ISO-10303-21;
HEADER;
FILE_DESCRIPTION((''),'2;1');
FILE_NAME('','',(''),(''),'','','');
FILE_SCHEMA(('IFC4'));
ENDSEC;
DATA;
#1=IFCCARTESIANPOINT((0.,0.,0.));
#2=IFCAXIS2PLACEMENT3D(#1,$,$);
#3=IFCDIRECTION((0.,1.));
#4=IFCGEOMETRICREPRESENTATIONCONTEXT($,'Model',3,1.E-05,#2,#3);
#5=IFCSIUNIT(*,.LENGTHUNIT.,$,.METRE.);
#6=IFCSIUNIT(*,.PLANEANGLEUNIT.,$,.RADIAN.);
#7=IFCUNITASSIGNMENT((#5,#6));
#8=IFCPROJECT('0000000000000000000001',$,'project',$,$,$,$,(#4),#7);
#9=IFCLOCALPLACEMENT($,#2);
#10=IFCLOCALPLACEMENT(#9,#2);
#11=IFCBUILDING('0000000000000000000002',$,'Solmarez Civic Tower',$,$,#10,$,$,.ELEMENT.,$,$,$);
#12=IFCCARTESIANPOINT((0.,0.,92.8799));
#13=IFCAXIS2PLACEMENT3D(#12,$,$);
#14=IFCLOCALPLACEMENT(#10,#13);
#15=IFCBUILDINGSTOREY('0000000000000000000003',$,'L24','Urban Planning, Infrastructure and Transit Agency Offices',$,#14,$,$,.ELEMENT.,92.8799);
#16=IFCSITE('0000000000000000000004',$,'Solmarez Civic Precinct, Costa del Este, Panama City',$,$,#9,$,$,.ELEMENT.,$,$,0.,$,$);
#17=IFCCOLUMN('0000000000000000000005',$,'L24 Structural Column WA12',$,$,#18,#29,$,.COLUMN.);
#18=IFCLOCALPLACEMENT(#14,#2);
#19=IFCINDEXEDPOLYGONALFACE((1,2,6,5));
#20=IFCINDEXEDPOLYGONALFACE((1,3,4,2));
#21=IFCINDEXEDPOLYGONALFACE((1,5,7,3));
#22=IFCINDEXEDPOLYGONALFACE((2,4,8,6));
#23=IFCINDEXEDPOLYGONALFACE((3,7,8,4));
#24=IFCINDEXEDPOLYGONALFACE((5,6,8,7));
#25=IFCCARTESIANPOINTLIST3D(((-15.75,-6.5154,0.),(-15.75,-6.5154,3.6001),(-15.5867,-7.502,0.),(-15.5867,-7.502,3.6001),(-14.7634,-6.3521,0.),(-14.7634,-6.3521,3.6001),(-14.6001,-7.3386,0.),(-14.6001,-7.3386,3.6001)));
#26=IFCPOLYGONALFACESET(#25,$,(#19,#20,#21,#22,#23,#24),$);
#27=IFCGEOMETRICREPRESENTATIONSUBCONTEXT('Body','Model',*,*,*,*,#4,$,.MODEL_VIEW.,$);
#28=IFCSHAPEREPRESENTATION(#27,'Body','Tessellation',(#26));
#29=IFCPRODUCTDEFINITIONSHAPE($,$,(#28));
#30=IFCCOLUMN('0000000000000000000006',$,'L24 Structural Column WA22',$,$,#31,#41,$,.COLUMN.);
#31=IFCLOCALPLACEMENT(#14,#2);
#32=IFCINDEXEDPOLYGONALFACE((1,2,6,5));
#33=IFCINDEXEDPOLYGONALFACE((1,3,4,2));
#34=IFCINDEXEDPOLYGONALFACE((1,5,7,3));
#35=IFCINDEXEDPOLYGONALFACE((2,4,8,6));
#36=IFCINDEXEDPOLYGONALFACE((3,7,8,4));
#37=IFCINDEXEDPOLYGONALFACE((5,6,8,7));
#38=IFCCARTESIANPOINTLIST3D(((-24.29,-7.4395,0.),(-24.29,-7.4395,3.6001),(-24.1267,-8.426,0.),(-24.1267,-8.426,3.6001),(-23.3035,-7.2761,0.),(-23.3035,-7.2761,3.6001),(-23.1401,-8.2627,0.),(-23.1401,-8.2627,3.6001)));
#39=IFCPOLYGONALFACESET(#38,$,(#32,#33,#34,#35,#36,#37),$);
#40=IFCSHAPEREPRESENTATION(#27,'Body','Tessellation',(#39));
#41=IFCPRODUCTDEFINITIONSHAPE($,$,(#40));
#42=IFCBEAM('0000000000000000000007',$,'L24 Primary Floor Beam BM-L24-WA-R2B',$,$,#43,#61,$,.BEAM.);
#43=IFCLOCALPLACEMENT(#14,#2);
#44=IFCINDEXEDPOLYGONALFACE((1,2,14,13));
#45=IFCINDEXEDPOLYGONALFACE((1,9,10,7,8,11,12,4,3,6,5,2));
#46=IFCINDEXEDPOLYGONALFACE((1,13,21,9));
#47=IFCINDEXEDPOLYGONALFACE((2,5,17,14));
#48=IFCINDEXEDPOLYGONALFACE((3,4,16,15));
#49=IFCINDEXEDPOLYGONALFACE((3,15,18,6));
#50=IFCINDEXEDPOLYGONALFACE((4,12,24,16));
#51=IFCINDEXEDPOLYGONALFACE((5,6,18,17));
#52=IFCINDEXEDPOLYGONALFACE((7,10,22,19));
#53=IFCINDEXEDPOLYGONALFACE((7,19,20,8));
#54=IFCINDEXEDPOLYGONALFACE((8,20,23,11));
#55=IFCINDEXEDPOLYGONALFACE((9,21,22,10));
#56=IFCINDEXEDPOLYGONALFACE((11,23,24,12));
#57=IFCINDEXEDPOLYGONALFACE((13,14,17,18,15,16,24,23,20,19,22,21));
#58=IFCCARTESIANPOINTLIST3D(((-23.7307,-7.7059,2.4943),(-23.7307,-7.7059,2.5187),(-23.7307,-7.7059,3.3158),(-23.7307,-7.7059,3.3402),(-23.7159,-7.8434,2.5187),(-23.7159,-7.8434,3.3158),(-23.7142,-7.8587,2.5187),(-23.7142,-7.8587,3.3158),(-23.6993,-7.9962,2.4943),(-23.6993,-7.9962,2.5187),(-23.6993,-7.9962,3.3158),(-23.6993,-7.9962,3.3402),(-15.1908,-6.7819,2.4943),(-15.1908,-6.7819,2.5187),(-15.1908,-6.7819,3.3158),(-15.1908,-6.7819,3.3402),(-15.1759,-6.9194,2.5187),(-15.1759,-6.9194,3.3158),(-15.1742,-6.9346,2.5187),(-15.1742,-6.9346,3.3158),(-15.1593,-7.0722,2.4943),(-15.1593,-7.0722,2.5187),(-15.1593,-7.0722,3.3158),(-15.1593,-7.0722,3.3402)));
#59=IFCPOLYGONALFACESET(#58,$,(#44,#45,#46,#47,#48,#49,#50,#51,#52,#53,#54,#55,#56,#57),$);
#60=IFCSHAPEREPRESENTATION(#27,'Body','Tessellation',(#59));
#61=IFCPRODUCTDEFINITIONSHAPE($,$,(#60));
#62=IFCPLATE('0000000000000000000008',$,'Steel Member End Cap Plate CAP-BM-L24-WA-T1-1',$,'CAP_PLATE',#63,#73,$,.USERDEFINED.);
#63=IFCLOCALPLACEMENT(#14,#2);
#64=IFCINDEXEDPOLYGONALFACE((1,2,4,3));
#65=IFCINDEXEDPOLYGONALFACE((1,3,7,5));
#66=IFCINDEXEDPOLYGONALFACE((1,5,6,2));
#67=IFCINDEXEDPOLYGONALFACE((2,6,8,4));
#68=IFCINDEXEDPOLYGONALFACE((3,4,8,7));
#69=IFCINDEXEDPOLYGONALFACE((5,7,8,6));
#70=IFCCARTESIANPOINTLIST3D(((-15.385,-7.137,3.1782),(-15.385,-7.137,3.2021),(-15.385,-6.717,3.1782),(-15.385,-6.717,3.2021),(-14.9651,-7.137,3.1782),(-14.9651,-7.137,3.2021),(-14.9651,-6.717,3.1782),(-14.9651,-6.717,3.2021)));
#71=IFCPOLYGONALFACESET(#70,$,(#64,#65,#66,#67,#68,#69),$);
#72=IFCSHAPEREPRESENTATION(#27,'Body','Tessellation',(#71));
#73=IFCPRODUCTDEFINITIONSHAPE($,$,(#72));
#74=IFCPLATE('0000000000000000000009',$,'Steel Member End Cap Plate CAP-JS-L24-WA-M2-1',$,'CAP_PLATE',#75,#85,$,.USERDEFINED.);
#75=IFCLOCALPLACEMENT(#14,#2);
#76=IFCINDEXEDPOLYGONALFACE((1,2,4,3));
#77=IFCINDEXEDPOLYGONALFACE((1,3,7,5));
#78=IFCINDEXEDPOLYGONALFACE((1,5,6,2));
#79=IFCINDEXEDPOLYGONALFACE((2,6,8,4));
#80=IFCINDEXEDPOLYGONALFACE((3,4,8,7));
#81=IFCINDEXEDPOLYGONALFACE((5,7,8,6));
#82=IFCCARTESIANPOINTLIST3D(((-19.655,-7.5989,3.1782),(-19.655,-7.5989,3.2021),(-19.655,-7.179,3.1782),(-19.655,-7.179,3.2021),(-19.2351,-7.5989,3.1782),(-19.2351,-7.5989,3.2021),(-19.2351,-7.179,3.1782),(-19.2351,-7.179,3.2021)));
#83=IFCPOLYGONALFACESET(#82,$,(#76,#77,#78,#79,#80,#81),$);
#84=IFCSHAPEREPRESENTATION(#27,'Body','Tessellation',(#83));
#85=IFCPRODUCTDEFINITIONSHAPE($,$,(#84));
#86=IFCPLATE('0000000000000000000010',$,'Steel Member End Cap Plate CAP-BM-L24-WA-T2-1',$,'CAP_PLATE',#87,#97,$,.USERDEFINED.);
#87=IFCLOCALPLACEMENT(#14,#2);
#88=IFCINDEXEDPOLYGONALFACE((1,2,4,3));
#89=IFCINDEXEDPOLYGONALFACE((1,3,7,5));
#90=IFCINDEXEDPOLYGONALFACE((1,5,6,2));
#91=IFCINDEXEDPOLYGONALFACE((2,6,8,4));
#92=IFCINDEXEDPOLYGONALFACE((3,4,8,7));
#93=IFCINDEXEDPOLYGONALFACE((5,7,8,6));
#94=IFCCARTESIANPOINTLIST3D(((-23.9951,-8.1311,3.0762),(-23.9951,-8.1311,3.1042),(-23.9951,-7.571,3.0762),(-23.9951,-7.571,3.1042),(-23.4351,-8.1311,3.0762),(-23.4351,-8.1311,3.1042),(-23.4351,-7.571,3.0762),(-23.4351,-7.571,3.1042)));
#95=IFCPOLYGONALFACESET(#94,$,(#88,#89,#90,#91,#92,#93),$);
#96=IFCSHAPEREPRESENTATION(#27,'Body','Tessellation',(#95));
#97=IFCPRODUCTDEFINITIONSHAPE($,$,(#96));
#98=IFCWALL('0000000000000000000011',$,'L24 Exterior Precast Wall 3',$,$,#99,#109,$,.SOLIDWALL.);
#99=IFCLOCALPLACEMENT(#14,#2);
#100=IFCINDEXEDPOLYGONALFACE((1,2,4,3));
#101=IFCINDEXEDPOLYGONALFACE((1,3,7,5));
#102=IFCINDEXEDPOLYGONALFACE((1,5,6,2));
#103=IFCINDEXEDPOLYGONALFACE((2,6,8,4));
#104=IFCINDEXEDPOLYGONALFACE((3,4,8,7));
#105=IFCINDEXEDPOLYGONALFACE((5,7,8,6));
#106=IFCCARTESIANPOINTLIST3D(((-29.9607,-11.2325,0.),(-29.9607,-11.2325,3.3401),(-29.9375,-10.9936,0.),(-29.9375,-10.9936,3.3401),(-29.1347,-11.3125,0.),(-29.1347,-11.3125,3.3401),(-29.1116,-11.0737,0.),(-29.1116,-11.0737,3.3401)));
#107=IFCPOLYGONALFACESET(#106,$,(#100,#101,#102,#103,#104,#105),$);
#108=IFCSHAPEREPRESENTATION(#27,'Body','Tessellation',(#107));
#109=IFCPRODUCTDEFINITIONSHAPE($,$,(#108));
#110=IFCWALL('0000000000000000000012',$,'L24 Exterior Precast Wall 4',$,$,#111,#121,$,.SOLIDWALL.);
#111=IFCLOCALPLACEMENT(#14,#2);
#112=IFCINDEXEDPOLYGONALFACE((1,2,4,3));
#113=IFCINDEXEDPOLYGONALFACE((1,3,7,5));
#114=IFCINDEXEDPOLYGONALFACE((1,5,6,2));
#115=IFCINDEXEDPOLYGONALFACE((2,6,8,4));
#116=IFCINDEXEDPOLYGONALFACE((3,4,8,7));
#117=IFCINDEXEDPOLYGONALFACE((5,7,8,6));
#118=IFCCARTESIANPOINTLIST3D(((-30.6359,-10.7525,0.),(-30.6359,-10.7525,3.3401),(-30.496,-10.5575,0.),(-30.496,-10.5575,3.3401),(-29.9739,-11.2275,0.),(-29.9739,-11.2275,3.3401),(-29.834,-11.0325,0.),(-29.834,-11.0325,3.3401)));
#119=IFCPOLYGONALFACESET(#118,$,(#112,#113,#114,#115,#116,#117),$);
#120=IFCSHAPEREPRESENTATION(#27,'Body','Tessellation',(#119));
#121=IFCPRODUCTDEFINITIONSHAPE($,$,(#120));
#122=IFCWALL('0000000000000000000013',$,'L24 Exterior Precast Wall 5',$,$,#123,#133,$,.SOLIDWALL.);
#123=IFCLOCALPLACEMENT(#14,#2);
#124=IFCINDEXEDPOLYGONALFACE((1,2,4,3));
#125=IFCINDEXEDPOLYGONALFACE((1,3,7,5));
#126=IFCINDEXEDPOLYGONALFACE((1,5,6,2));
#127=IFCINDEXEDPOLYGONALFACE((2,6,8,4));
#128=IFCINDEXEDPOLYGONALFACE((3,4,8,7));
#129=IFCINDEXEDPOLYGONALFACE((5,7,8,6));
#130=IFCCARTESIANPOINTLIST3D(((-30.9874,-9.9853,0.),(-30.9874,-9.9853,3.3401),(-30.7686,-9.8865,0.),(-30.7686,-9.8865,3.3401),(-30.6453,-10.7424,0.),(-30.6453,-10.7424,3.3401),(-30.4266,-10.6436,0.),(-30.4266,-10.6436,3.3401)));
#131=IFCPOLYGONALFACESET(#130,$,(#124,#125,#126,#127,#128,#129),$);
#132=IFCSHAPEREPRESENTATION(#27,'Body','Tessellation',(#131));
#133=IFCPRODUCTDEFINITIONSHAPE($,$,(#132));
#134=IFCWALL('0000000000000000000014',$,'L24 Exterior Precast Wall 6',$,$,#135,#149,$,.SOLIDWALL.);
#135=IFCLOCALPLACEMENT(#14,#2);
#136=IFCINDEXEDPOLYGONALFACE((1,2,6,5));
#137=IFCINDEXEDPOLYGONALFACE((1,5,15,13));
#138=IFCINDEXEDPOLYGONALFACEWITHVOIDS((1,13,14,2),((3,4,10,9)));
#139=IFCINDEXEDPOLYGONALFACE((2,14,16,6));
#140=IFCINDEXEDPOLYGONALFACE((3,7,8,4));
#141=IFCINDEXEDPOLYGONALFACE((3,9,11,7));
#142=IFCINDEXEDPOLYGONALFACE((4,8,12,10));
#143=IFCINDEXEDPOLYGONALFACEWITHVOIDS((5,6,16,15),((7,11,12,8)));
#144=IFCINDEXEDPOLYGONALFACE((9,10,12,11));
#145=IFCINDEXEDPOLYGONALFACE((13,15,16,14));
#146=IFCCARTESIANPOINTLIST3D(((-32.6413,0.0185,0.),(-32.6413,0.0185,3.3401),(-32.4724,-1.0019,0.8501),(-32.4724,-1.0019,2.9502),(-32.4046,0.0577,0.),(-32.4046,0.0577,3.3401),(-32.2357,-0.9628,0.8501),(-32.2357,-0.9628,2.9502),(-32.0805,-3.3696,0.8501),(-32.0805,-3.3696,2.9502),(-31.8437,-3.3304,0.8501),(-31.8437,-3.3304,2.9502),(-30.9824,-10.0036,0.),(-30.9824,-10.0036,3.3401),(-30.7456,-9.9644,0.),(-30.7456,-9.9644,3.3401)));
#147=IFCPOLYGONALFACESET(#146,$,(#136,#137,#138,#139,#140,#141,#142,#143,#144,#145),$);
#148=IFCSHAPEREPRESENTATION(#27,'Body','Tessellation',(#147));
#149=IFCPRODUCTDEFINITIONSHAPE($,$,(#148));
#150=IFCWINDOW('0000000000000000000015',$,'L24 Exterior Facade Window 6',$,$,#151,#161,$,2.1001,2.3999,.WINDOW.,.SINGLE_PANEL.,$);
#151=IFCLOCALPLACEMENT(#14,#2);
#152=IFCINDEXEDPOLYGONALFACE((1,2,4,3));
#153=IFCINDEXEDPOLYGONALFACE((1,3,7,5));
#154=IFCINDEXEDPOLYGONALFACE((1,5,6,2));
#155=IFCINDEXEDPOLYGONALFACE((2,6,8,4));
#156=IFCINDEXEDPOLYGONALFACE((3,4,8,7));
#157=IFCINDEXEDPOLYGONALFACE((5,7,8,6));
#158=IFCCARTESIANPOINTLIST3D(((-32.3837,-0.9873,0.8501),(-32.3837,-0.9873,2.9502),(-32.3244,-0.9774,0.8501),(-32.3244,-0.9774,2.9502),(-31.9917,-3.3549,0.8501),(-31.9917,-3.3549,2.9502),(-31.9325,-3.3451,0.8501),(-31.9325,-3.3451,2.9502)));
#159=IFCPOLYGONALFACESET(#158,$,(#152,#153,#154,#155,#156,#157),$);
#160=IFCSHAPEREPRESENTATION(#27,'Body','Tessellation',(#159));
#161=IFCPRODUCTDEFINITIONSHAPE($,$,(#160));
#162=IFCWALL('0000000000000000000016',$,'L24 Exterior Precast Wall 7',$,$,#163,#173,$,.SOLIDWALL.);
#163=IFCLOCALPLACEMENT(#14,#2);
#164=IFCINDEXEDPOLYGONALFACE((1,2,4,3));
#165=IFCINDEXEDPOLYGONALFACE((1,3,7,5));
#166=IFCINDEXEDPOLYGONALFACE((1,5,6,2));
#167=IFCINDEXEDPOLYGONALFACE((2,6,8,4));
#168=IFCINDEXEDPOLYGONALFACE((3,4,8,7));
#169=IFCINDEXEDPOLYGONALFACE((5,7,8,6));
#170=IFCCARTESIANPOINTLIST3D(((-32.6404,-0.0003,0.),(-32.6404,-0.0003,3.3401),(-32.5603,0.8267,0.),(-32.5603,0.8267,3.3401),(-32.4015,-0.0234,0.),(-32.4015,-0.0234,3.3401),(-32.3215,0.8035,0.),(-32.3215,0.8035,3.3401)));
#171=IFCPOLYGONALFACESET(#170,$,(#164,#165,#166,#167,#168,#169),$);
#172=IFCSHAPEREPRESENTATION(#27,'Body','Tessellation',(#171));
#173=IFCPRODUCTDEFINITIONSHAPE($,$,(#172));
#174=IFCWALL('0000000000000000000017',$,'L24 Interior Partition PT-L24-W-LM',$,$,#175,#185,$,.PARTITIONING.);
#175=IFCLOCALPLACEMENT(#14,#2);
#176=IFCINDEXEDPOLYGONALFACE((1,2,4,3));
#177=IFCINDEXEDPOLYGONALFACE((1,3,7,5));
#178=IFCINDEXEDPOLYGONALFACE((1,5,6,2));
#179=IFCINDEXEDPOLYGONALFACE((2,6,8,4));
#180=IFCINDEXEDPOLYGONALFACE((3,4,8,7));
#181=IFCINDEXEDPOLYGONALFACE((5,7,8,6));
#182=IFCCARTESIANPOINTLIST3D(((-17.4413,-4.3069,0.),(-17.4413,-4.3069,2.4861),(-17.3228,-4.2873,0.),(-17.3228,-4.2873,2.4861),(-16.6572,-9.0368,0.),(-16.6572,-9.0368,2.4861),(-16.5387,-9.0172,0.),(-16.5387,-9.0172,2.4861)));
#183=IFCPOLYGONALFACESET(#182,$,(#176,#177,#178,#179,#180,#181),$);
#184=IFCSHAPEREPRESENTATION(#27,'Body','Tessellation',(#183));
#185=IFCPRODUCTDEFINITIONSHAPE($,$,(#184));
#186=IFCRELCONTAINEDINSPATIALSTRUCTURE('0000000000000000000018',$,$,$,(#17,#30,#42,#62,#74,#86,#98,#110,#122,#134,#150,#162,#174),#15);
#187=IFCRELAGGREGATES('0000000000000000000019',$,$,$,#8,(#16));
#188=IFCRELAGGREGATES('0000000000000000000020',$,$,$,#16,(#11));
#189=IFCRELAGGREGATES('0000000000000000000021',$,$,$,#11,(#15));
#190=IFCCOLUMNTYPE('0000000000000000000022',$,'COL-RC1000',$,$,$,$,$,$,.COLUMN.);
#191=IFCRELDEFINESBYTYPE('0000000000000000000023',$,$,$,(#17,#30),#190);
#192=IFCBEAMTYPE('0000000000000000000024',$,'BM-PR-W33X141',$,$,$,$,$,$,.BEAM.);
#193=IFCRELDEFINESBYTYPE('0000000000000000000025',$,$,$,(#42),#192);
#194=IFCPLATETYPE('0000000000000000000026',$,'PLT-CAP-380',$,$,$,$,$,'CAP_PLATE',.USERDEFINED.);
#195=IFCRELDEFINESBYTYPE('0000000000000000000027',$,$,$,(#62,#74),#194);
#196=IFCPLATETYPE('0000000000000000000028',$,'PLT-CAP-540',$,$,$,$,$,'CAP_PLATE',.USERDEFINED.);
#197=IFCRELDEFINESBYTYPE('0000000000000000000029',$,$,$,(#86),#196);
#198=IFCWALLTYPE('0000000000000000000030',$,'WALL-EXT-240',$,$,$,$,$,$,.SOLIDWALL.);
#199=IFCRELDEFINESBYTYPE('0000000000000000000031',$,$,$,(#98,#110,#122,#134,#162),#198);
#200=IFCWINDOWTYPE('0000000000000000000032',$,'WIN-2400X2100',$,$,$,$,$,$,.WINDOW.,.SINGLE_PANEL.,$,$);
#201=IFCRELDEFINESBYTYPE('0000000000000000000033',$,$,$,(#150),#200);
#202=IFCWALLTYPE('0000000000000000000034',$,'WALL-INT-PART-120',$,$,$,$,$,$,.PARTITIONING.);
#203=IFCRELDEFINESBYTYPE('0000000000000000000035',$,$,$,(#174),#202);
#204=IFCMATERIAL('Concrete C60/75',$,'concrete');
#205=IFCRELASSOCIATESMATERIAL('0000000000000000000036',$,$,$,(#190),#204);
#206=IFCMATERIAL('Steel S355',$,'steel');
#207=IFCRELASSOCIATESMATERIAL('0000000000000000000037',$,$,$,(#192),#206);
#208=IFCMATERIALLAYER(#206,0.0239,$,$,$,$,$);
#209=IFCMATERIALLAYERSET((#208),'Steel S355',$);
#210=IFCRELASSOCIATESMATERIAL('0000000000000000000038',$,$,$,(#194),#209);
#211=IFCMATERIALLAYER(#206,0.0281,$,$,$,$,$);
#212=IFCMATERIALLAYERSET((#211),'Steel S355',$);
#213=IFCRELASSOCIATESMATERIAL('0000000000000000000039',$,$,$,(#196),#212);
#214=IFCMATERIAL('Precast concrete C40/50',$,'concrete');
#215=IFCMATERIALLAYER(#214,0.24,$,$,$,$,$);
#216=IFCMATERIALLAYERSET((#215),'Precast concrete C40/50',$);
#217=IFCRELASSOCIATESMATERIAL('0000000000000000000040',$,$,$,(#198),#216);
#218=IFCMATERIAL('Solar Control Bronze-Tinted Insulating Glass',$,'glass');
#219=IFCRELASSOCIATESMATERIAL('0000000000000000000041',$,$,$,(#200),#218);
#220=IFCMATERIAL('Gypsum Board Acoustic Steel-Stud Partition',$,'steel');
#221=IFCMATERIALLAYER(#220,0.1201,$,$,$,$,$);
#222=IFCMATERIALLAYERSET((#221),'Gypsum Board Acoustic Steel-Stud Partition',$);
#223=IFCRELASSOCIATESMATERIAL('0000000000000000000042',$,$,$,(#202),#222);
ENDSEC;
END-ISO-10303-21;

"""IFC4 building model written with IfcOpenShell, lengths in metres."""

from ifc_helpers import new_model, si_unit, direction, frame, frame_2d, origin, origin_2d, place, context, subcontext, project, spatial, rectangle, i_section, extrude, material, layer, layer_set, material_profile, profile_set, type_object, element, fill, save


model = new_model("IFC4")

# Units and contexts
model_context = context("Model", 3, precision=1e-05, world=origin(), true_north=direction((0.0, 1.0)))
body_context = subcontext(model_context, "Body", "Model", "MODEL_VIEW")
ifc_project = project(units=[si_unit("LENGTHUNIT", "METRE"), si_unit("PLANEANGLEUNIT", "RADIAN")], contexts=[model_context])

# Site, building, storey
site_placement = place(None, origin())
site = spatial("IfcSite", under=ifc_project, at=site_placement, Name="Solmarez Civic Precinct, Costa del Este, Panama City", CompositionType="ELEMENT", RefElevation=0.0)
building_placement = place(site_placement, origin())
building = spatial("IfcBuilding", under=site, at=building_placement, Name="Solmarez Civic Tower", CompositionType="ELEMENT")
storey_placement = place(building_placement, frame((0.0, 0.0, 92.8799)))
storey = spatial("IfcBuildingStorey", under=building, at=storey_placement, Name="L24", Description="Urban Planning, Infrastructure and Transit Agency Offices", CompositionType="ELEMENT", Elevation=92.8799)

# Columns
ifc_material_1 = material(Name="Concrete C60/75", Category="concrete")
ifc_material_profile_1 = material_profile(ifc_material_1, rectangle(XDim=1.0, YDim=1.0, at=origin_2d()), Name="RC1000X1000")
ifc_profile_set_1 = profile_set([ifc_material_profile_1], Name="Concrete C60/75")
column_type = type_object("IfcColumnType", Name="COL-RC1000", PredefinedType="COLUMN", material=ifc_profile_set_1)
for number, where, z_axis, x_axis, name in (
    (1, (-15.175, -6.927, 0.0), (0.0, 0.0, 1.0), (0.986572, 0.163326, 0.0), "L24 Structural Column WA12"),
    (2, (-23.7151, -7.8511, 0.0), (0.0, 0.0, 1.0), (0.986572, 0.163326, 0.0), "L24 Structural Column WA22"),
):
    element("IfcColumn", number, at=place(storey_placement, frame(where, z_axis=z_axis, x_axis=x_axis)), inside=storey, type_object=column_type, Name=name, PredefinedType="COLUMN", context=body_context, shape_type="SweptSolid", body=[
        extrude(rectangle(XDim=1.0, YDim=1.0, at=origin_2d()), origin(), (0.0, 0.0, 1.0), 3.6001),
    ])

# Beam
ifc_material_2 = material(Name="Steel S355", Category="steel")
ifc_material_profile_2 = material_profile(ifc_material_2, i_section(OverallWidth=0.292, OverallDepth=0.8459, WebThickness=0.0154, FlangeThickness=0.0244, at=origin_2d()), Name="W33X141")
ifc_profile_set_2 = profile_set([ifc_material_profile_2], Name="Steel S355")
beam_type = type_object("IfcBeamType", Name="BM-PR-W33X141", PredefinedType="BEAM", material=ifc_profile_set_2)
beam_placement = place(storey_placement, frame((-15.175, -6.927, 2.9172), z_axis=(-0.994197, -0.107577, 0.0), x_axis=(0.107577, -0.994197, 0.0)))
element("IfcBeam", 3, at=beam_placement, inside=storey, type_object=beam_type, Name="L24 Primary Floor Beam BM-L24-WA-R2B", PredefinedType="BEAM", context=body_context, shape_type="SweptSolid", body=[
    extrude(i_section(OverallWidth=0.292, OverallDepth=0.8459, WebThickness=0.0154, FlangeThickness=0.0244, at=origin_2d()), origin(), (0.0, 0.0, 1.0), 8.5898),
])

# Plates
ifc_layer_1 = layer(ifc_material_2, 0.0239)
ifc_layer_set_1 = layer_set([ifc_layer_1], Name="Steel S355")
plate_type_1 = type_object("IfcPlateType", Name="PLT-CAP-380", ElementType="CAP_PLATE", PredefinedType="USERDEFINED", material=ifc_layer_set_1)
for number, where, z_axis, x_axis, name in (
    (4, (-15.175, -6.927, 3.1782), (0.0, 0.0, 1.0), (1.0, 0.0, 0.0), "Steel Member End Cap Plate CAP-BM-L24-WA-T1-1"),
    (5, (-19.4451, -7.3889, 3.1782), (0.0, 0.0, 1.0), (1.0, 0.0, 0.0), "Steel Member End Cap Plate CAP-JS-L24-WA-M2-1"),
):
    element("IfcPlate", number, at=place(storey_placement, frame(where, z_axis=z_axis, x_axis=x_axis)), inside=storey, type_object=plate_type_1, Name=name, ObjectType="CAP_PLATE", PredefinedType="USERDEFINED", context=body_context, shape_type="SweptSolid", body=[
        extrude(rectangle(XDim=0.4199, YDim=0.4199, at=origin_2d()), origin(), (0.0, 0.0, 1.0), 0.0239),
    ])
ifc_layer_2 = layer(ifc_material_2, 0.0281)
ifc_layer_set_2 = layer_set([ifc_layer_2], Name="Steel S355")
plate_type_2 = type_object("IfcPlateType", Name="PLT-CAP-540", ElementType="CAP_PLATE", PredefinedType="USERDEFINED", material=ifc_layer_set_2)
plate_placement = place(storey_placement, frame((-23.7151, -7.8511, 3.0762), z_axis=(0.0, 0.0, 1.0), x_axis=(1.0, 0.0, 0.0)))
element("IfcPlate", 6, at=plate_placement, inside=storey, type_object=plate_type_2, Name="Steel Member End Cap Plate CAP-BM-L24-WA-T2-1", ObjectType="CAP_PLATE", PredefinedType="USERDEFINED", context=body_context, shape_type="SweptSolid", body=[
    extrude(rectangle(XDim=0.5601, YDim=0.5601, at=origin_2d()), origin(), (0.0, 0.0, 1.0), 0.0281),
])

# Walls
ifc_material_3 = material(Name="Precast concrete C40/50", Category="concrete")
ifc_layer_3 = layer(ifc_material_3, 0.24)
ifc_layer_set_3 = layer_set([ifc_layer_3], Name="Precast concrete C40/50")
wall_type_1 = type_object("IfcWallType", Name="WALL-EXT-240", PredefinedType="SOLIDWALL", material=ifc_layer_set_3)
wall_1_placement = place(storey_placement, frame((-29.123, -11.1931, 0.0), z_axis=(0.0, 0.0, 1.0), x_axis=(-0.995333, 0.096503, 0.0)))
element("IfcWall", 7, at=wall_1_placement, inside=storey, type_object=wall_type_1, Name="L24 Exterior Precast Wall 3", PredefinedType="SOLIDWALL", context=body_context, shape_type="SweptSolid", body=[
    extrude(rectangle(XDim=0.8298, YDim=0.24, at=frame_2d((0.415, 0.0))), origin(), (0.0, 0.0, 1.0), 3.3401),
])
wall_2_placement = place(storey_placement, frame((-29.9041, -11.1299, 0.0), z_axis=(0.0, 0.0, 1.0), x_axis=(-0.812517, 0.582938, 0.0)))
element("IfcWall", 8, at=wall_2_placement, inside=storey, type_object=wall_type_1, Name="L24 Exterior Precast Wall 4", PredefinedType="SOLIDWALL", context=body_context, shape_type="SweptSolid", body=[
    extrude(rectangle(XDim=0.8147, YDim=0.24, at=frame_2d((0.4072, 0.0))), origin(), (0.0, 0.0, 1.0), 3.3401),
])
wall_3_placement = place(storey_placement, frame((-30.5359, -10.6931, 0.0), z_axis=(0.0, 0.0, 1.0), x_axis=(-0.411721, 0.91131, 0.0)))
element("IfcWall", 9, at=wall_3_placement, inside=storey, type_object=wall_type_1, Name="L24 Exterior Precast Wall 5", PredefinedType="SOLIDWALL", context=body_context, shape_type="SweptSolid", body=[
    extrude(rectangle(XDim=0.8308, YDim=0.24, at=frame_2d((0.4155, 0.0))), origin(), (0.0, 0.0, 1.0), 3.3401),
])

# Wall, opening, window
wall_4_placement = place(storey_placement, frame((-30.864, -9.9839, 0.0), z_axis=(0.0, 0.0, 1.0), x_axis=(-0.163308, 0.986575, 0.0)))
wall_4 = element("IfcWall", 10, at=wall_4_placement, inside=storey, type_object=wall_type_1, Name="L24 Exterior Precast Wall 6", PredefinedType="SOLIDWALL", context=body_context, shape_type="SweptSolid", body=[
    extrude(rectangle(XDim=10.1584, YDim=0.24, at=frame_2d((5.0791, 0.0))), origin(), (0.0, 0.0, 1.0), 3.3401),
])
opening_1_placement = place(wall_4_placement, frame((6.7241, 0.0, 0.8501)))
opening_1 = element("IfcOpeningElement", 11, at=opening_1_placement, cuts=wall_4, PredefinedType="OPENING", context=body_context, shape_type="SweptSolid", body=[
    extrude(rectangle(XDim=2.3999, YDim=2.1001, at=frame_2d((1.2, 1.05))), frame((0.0, 0.1299, 0.0), z_axis=(0.0, -1.0, 0.0), x_axis=(1.0, 0.0, 0.0)), (0.0, 0.0, 1.0), 0.26),
])
ifc_material_4 = material(Name="Solar Control Bronze-Tinted Insulating Glass", Category="glass")
window_type = type_object("IfcWindowType", Name="WIN-2400X2100", PartitioningType="SINGLE_PANEL", PredefinedType="WINDOW", material=ifc_material_4)
window_placement = place(opening_1_placement, origin())
window = element("IfcWindow", 12, at=window_placement, inside=storey, type_object=window_type, Name="L24 Exterior Facade Window 6", OverallHeight=2.1001, OverallWidth=2.3999, PartitioningType="SINGLE_PANEL", PredefinedType="WINDOW", context=body_context, shape_type="SweptSolid", body=[
    extrude(rectangle(XDim=2.3999, YDim=2.1001, at=frame_2d((1.2, 1.05))), frame((0.0, 0.03, 0.0), z_axis=(0.0, -1.0, 0.0), x_axis=(1.0, 0.0, 0.0)), (0.0, 0.0, 1.0), 0.0601),
])
fill(opening_1, window)

# Walls
wall_5_placement = place(storey_placement, frame((-32.521, -0.012, 0.0), z_axis=(0.0, 0.0, 1.0), x_axis=(0.09639, 0.995344, 0.0)))
element("IfcWall", 13, at=wall_5_placement, inside=storey, type_object=wall_type_1, Name="L24 Exterior Precast Wall 7", PredefinedType="SOLIDWALL", context=body_context, shape_type="SweptSolid", body=[
    extrude(rectangle(XDim=0.8308, YDim=0.24, at=frame_2d((0.4155, 0.0))), origin(), (0.0, 0.0, 1.0), 3.3401),
])
ifc_material_5 = material(Name="Gypsum Board Acoustic Steel-Stud Partition", Category="steel")
ifc_layer_4 = layer(ifc_material_5, 0.1201)
ifc_layer_set_4 = layer_set([ifc_layer_4], Name="Gypsum Board Acoustic Steel-Stud Partition")
wall_type_2 = type_object("IfcWallType", Name="WALL-INT-PART-120", PredefinedType="PARTITIONING", material=ifc_layer_set_4)
wall_6_placement = place(storey_placement, frame((-17.3821, -4.2971, 0.0), z_axis=(0.0, 0.0, 1.0), x_axis=(0.163557, -0.986534, 0.0)))
element("IfcWall", 14, at=wall_6_placement, inside=storey, type_object=wall_type_2, Name="L24 Interior Partition PT-L24-W-LM", PredefinedType="PARTITIONING", context=body_context, shape_type="SweptSolid", body=[
    extrude(rectangle(XDim=4.7944, YDim=0.1201, at=frame_2d((2.3972, 0.0))), origin(), (0.0, 0.0, 1.0), 2.4861),
])

save(model, "model.ifc")
